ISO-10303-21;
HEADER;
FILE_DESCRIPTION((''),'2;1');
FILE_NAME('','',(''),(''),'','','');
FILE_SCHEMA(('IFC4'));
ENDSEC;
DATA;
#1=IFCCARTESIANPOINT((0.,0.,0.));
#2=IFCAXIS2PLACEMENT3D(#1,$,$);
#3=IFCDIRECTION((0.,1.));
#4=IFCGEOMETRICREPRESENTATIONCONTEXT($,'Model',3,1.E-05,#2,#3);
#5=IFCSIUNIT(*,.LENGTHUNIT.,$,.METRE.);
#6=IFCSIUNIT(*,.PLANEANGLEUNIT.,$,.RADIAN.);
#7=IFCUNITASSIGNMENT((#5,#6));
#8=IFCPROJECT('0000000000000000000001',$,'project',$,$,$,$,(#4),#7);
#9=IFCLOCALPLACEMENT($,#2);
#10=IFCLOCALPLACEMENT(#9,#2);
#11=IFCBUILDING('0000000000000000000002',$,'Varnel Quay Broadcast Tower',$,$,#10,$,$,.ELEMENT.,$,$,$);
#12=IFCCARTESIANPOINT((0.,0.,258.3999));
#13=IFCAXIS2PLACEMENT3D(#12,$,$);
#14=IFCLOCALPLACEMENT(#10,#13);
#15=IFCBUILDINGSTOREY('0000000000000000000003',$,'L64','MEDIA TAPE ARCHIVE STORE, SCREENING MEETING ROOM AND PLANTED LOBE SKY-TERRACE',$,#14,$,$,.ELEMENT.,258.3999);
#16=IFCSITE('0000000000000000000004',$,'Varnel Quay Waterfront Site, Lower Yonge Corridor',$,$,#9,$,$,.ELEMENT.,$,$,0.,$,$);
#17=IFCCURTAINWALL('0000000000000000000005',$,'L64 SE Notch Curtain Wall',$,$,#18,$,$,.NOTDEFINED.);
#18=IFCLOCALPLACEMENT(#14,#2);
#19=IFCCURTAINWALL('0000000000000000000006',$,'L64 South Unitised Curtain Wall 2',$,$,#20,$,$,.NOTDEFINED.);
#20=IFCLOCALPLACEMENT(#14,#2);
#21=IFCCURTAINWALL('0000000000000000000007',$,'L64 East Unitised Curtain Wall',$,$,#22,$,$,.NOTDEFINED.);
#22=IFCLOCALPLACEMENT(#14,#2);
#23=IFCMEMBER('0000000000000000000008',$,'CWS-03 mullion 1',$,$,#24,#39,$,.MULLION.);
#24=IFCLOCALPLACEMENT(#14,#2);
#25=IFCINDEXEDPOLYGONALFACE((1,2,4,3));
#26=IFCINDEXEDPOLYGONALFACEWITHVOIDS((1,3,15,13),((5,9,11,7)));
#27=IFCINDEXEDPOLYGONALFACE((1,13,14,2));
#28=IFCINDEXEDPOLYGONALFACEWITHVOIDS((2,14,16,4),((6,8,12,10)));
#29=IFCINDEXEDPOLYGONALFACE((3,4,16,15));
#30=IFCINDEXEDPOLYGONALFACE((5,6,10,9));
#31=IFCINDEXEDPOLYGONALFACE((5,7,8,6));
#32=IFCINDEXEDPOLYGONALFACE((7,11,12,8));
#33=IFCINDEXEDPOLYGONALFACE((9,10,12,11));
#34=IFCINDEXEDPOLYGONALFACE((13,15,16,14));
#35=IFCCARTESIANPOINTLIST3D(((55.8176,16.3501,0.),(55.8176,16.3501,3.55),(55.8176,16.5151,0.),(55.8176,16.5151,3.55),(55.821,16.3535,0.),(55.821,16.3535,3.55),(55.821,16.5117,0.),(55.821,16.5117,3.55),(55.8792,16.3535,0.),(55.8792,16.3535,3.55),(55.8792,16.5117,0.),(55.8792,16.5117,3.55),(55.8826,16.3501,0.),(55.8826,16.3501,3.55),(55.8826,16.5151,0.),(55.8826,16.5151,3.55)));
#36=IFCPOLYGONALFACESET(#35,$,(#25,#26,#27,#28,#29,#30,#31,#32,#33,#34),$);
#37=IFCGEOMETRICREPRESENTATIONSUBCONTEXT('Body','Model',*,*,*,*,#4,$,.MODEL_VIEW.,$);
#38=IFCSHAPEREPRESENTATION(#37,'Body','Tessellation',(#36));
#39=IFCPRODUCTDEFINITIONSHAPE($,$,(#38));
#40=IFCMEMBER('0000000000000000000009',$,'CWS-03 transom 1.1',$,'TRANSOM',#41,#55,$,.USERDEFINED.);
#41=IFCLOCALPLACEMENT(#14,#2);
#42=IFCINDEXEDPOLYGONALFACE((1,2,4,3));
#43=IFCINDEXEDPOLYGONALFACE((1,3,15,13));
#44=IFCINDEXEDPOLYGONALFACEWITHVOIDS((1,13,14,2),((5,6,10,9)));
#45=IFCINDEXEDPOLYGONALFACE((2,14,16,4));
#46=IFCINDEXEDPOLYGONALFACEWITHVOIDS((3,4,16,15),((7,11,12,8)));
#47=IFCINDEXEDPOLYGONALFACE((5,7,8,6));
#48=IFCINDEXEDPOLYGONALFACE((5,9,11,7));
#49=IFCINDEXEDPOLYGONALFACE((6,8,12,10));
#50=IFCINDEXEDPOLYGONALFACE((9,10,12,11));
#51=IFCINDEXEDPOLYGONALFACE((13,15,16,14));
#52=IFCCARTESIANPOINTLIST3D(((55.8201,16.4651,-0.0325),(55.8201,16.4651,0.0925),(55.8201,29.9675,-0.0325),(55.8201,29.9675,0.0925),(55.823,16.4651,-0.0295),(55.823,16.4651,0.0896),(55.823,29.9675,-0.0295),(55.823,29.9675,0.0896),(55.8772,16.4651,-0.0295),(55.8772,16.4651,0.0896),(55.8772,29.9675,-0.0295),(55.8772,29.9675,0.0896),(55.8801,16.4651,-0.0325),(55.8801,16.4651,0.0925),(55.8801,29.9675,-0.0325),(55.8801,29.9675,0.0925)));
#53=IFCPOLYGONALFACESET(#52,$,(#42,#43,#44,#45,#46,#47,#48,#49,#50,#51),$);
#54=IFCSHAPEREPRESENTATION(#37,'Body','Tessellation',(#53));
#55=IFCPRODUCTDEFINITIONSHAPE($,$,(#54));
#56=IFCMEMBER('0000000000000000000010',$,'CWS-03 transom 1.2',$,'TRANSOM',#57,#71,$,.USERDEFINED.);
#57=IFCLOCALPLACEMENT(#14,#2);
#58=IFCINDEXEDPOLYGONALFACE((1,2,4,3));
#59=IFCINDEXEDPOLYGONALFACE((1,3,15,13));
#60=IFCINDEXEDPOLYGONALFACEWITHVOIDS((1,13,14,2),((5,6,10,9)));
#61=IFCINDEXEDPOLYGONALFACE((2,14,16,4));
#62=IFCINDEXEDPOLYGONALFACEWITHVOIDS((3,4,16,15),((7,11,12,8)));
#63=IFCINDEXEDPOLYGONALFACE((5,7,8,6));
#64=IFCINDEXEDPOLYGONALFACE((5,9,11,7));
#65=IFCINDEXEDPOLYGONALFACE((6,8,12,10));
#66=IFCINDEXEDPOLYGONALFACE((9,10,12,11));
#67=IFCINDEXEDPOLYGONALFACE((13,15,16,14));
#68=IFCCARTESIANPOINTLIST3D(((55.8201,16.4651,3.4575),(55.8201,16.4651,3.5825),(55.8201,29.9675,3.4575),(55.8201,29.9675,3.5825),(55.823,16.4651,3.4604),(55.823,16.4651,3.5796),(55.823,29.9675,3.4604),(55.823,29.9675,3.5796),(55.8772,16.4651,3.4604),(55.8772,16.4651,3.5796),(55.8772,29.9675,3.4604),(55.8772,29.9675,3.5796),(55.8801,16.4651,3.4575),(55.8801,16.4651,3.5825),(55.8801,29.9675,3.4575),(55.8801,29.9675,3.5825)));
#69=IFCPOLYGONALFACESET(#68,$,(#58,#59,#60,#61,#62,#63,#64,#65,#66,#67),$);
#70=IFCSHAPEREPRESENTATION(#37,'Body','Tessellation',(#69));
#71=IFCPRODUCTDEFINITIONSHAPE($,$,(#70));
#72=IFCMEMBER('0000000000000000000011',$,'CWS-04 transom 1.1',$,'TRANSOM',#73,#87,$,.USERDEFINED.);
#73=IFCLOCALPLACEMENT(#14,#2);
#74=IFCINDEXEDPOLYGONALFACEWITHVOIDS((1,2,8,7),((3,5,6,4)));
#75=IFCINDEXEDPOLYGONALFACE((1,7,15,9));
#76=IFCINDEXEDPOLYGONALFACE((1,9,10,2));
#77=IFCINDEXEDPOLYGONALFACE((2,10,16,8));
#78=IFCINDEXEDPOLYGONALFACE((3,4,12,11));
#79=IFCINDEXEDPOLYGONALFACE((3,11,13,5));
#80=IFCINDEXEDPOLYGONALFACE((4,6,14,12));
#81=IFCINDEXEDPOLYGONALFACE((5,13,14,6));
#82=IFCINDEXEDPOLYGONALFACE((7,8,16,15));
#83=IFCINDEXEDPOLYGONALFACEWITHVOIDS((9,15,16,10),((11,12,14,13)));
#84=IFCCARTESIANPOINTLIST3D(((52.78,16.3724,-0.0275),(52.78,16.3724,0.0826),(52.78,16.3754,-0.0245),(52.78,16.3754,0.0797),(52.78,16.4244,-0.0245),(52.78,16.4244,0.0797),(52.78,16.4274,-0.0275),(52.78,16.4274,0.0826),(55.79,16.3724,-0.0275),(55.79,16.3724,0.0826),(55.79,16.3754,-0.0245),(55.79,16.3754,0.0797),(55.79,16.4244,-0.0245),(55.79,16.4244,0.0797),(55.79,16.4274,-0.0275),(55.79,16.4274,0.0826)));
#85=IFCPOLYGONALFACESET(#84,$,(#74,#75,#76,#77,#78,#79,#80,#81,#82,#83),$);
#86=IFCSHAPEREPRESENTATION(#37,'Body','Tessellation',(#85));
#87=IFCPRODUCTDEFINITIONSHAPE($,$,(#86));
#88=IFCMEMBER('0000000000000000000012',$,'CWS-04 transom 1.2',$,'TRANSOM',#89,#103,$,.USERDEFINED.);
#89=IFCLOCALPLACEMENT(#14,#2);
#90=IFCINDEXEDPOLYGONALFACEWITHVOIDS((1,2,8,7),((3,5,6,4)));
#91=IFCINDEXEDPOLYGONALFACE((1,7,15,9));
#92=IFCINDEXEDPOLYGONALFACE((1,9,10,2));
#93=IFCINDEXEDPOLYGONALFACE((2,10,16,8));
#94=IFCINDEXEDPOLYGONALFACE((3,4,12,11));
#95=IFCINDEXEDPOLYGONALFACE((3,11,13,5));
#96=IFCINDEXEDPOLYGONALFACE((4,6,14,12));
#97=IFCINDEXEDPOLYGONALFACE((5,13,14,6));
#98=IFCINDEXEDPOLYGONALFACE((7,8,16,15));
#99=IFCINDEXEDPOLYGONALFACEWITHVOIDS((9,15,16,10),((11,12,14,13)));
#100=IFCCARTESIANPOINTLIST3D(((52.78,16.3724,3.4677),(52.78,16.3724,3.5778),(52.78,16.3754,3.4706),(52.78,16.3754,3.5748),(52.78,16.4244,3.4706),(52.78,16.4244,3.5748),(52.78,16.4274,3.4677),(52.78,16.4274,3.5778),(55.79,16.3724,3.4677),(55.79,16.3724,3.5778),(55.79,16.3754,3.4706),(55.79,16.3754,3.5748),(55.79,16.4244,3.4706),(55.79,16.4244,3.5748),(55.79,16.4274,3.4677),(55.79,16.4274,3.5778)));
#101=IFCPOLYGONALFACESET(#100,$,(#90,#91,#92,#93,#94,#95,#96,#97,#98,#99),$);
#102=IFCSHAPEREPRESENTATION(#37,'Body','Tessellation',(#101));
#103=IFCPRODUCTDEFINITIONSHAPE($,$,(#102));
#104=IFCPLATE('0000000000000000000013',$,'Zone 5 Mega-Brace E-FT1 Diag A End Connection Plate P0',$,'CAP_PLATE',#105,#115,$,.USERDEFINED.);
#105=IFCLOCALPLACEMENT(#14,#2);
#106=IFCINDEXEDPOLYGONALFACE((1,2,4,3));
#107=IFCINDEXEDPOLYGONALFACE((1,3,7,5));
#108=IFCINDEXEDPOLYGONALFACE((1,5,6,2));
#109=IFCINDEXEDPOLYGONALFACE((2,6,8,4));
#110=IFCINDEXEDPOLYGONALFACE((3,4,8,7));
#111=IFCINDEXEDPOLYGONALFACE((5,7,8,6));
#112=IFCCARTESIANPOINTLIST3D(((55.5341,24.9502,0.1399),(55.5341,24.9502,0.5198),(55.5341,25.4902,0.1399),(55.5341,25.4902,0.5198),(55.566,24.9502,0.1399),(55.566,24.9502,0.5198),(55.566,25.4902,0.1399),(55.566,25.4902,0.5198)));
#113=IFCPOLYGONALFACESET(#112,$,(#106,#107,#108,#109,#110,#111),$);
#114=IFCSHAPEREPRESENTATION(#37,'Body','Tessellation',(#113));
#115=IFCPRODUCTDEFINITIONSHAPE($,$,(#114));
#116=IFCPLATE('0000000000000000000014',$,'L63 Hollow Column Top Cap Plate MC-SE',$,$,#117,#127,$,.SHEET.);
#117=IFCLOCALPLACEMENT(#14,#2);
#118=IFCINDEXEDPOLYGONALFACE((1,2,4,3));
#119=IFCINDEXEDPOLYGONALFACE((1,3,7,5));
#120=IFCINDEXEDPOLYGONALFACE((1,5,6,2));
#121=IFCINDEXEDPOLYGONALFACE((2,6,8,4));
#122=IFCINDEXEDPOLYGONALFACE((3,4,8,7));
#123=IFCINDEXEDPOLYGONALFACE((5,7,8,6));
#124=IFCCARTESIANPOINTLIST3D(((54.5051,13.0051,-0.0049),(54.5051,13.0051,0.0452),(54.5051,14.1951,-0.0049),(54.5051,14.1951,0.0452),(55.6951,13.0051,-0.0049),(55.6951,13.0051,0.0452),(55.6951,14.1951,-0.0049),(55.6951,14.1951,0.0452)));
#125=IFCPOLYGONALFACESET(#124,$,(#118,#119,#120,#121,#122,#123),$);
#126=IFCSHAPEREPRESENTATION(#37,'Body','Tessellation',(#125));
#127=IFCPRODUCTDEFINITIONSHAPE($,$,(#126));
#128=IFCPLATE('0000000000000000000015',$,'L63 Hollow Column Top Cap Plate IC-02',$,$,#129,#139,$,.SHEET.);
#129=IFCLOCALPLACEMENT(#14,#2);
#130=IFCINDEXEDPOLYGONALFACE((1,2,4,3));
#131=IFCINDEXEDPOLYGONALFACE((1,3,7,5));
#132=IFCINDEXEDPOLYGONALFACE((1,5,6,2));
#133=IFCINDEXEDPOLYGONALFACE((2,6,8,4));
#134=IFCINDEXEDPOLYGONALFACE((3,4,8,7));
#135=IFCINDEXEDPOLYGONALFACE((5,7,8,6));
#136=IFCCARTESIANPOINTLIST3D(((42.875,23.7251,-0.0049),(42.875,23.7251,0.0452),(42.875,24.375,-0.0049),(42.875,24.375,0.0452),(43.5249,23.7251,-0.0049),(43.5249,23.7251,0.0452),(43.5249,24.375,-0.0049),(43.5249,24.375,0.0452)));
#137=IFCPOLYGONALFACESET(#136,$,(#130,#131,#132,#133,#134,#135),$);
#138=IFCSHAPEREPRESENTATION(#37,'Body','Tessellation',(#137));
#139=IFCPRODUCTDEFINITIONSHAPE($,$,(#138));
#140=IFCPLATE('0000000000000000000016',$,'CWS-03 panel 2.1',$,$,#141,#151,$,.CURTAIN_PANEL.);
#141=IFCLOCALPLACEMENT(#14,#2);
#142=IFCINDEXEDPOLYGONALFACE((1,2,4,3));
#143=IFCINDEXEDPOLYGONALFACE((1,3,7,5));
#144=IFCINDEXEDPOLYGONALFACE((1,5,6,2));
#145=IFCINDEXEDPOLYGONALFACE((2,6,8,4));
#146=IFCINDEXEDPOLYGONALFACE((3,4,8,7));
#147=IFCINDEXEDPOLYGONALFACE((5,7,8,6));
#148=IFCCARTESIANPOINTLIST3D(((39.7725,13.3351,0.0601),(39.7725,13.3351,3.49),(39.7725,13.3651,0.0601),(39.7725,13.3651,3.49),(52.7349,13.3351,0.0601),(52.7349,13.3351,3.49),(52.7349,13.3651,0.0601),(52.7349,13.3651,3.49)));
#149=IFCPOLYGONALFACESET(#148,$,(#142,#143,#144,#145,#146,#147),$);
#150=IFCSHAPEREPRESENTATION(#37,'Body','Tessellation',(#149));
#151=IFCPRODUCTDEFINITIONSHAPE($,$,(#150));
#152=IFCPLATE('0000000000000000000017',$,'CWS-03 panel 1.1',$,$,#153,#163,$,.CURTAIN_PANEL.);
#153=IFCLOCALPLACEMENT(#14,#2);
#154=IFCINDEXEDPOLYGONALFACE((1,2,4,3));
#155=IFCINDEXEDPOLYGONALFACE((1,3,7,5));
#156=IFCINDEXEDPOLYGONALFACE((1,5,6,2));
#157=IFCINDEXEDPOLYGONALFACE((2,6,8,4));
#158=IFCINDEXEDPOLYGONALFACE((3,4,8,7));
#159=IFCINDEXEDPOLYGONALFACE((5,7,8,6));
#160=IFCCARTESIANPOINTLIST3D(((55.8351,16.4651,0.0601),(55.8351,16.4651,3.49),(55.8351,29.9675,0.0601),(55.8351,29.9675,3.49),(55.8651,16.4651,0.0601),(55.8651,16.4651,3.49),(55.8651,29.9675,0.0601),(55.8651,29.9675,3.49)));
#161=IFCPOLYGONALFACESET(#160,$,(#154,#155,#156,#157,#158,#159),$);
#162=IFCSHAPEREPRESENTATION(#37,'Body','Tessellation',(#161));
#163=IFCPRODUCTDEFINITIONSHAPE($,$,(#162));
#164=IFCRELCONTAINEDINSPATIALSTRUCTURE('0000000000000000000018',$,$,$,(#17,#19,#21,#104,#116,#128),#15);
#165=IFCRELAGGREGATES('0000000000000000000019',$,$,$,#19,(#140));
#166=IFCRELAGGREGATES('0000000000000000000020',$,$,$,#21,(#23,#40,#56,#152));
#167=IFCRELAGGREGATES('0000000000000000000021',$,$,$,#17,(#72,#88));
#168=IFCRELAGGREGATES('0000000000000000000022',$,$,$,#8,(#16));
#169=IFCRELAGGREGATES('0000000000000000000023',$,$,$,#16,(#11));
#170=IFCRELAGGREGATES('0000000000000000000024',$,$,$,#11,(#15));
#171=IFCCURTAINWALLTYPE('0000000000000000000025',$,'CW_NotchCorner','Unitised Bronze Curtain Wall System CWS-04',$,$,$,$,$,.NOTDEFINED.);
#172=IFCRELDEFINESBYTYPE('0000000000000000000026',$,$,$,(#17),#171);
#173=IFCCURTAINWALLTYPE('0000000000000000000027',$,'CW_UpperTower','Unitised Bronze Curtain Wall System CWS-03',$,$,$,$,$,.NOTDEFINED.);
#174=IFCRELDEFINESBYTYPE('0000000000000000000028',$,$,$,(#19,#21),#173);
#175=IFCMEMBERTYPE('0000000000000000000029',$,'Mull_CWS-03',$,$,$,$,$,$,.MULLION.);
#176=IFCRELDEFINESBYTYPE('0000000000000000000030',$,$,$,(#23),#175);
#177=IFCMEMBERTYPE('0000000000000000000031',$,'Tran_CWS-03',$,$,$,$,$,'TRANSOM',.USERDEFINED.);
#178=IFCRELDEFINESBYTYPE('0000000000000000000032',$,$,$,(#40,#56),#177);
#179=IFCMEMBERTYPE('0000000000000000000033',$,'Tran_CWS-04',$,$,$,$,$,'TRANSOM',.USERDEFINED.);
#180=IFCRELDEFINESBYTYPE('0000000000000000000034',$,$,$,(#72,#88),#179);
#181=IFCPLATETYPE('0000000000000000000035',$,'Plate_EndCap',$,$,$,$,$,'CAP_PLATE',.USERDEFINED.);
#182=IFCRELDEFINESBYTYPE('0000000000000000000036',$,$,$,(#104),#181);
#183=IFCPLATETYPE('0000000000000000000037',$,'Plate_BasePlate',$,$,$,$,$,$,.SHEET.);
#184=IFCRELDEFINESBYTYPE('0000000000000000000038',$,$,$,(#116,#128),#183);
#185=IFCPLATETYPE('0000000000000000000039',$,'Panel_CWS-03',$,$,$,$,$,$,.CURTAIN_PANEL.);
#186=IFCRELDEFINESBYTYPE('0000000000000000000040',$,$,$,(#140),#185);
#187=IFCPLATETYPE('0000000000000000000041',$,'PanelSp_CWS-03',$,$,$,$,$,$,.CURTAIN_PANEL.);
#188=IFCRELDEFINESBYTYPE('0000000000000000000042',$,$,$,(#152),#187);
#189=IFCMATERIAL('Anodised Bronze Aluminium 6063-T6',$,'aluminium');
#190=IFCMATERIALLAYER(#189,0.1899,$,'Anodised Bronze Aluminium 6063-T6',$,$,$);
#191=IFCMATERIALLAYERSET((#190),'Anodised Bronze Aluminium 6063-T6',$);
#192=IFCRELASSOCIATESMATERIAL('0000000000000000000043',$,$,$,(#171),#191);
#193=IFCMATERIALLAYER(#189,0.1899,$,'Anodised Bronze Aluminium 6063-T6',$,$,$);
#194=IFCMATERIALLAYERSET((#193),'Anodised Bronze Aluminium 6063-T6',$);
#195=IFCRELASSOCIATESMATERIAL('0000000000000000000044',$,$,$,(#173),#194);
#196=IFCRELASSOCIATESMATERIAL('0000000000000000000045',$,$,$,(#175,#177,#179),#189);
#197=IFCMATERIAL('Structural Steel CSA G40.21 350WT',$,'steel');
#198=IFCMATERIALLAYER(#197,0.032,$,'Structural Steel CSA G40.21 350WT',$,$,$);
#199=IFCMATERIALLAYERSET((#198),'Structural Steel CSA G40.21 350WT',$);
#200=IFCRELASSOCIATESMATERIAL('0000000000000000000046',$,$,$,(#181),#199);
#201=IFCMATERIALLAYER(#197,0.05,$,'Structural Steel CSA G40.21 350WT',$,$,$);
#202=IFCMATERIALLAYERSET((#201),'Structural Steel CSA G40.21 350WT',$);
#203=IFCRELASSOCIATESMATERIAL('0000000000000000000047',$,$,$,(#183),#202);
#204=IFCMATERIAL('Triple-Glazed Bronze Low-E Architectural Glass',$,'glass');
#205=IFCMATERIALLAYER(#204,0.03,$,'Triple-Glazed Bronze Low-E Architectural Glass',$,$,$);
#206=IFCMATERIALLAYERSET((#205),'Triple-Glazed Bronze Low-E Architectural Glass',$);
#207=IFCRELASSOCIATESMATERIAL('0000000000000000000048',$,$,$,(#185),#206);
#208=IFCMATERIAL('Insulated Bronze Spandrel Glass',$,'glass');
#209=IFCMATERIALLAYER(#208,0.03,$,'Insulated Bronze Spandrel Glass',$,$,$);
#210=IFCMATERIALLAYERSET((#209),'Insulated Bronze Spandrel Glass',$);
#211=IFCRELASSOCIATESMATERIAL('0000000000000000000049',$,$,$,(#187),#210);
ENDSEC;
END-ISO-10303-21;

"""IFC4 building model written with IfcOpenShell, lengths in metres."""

from ifc_helpers import new_model, si_unit, direction, frame, origin, origin_2d, place, context, subcontext, project, spatial, rectangle, hollow_rectangle, extrude, source, transform, mapped, material, layer, layer_set, material_profile, profile_set, type_object, type_shapes, element, aggregate, save


model = new_model("IFC4")

# Units and contexts
model_context = context("Model", 3, precision=1e-05, world=origin(), true_north=direction((0.0, 1.0)))
body_context = subcontext(model_context, "Body", "Model", "MODEL_VIEW")
ifc_project = project(units=[si_unit("LENGTHUNIT", "METRE"), si_unit("PLANEANGLEUNIT", "RADIAN")], contexts=[model_context])

# Site, building, storey
site_placement = place(None, origin())
site = spatial("IfcSite", under=ifc_project, at=site_placement, Name="Varnel Quay Waterfront Site, Lower Yonge Corridor", CompositionType="ELEMENT", RefElevation=0.0)
building_placement = place(site_placement, origin())
building = spatial("IfcBuilding", under=site, at=building_placement, Name="Varnel Quay Broadcast Tower", CompositionType="ELEMENT")
storey_placement = place(building_placement, frame((0.0, 0.0, 258.3999)))
storey = spatial("IfcBuildingStorey", under=building, at=storey_placement, Name="L64", Description="MEDIA TAPE ARCHIVE STORE, SCREENING MEETING ROOM AND PLANTED LOBE SKY-TERRACE", CompositionType="ELEMENT", Elevation=258.3999)

# Shared definitions
ifc_material_1 = material(Name="Structural Steel CSA G40.21 350WT", Category="steel")

# Curtain wall
ifc_material_2 = material(Name="Anodised Bronze Aluminium 6063-T6", Category="aluminium")
ifc_layer_1 = layer(ifc_material_2, 0.1899, Name="Anodised Bronze Aluminium 6063-T6")
ifc_layer_set_1 = layer_set([ifc_layer_1], Name="Anodised Bronze Aluminium 6063-T6")
curtain_wall_type_1 = type_object("IfcCurtainWallType", Name="CW_NotchCorner", Description="Unitised Bronze Curtain Wall System CWS-04", PredefinedType="NOTDEFINED", material=ifc_layer_set_1)
curtain_wall_1_placement = place(storey_placement, origin())
curtain_wall_1 = element("IfcCurtainWall", 1, at=curtain_wall_1_placement, inside=storey, type_object=curtain_wall_type_1, Name="L64 SE Notch Curtain Wall", PredefinedType="NOTDEFINED")

# Curtain wall
ifc_layer_2 = layer(ifc_material_2, 0.1899, Name="Anodised Bronze Aluminium 6063-T6")
ifc_layer_set_2 = layer_set([ifc_layer_2], Name="Anodised Bronze Aluminium 6063-T6")
curtain_wall_type_2 = type_object("IfcCurtainWallType", Name="CW_UpperTower", Description="Unitised Bronze Curtain Wall System CWS-03", PredefinedType="NOTDEFINED", material=ifc_layer_set_2)
curtain_wall_2_placement = place(storey_placement, origin())
curtain_wall_2 = element("IfcCurtainWall", 2, at=curtain_wall_2_placement, inside=storey, type_object=curtain_wall_type_2, Name="L64 South Unitised Curtain Wall 2", PredefinedType="NOTDEFINED")
ifc_material_profile_1 = material_profile(ifc_material_2, hollow_rectangle(XDim=0.0649, YDim=0.165, WallThickness=0.0034, at=origin_2d()), Name="ALU65X165X3.5")
ifc_profile_set_1 = profile_set([ifc_material_profile_1], Name="Anodised Bronze Aluminium 6063-T6")
member_type_1 = type_object("IfcMemberType", Name="Mull_CWS-03", PredefinedType="MULLION", material=ifc_profile_set_1)
shared_shape_1 = source(origin(), body_context, "Body", "SweptSolid", [
    extrude(hollow_rectangle(XDim=0.0649, YDim=0.165, WallThickness=0.0034, at=origin_2d()), origin(), (0.0, 0.0, 1.0), 3.55),
])
type_shapes(member_type_1, [shared_shape_1])

# Curtain wall, members
curtain_wall_3_placement = place(storey_placement, origin())
curtain_wall_3 = element("IfcCurtainWall", 3, at=curtain_wall_3_placement, inside=storey, type_object=curtain_wall_type_2, Name="L64 East Unitised Curtain Wall", PredefinedType="NOTDEFINED")
member_1_placement = place(storey_placement, frame((55.8501, 16.4326, 0.0), z_axis=(0.0, 0.0, 1.0), x_axis=(-1.0, 0.0, 0.0)))
member_1 = element("IfcMember", 4, at=member_1_placement, type_object=member_type_1, Name="CWS-03 mullion 1", PredefinedType="MULLION", context=body_context, shape_type="MappedRepresentation", body=[
    mapped(shared_shape_1, transform((0.0, 0.0, 0.0), x_axis=(1.0, 0.0, 0.0), y_axis=(0.0, 1.0, 0.0), z_axis=(0.0, 0.0, 1.0), scale=1.0)),
])
ifc_material_profile_2 = material_profile(ifc_material_2, hollow_rectangle(XDim=0.0601, YDim=0.125, WallThickness=0.0029, at=origin_2d()), Name="ALU60X125X3")
ifc_profile_set_2 = profile_set([ifc_material_profile_2], Name="Anodised Bronze Aluminium 6063-T6")
member_type_2 = type_object("IfcMemberType", Name="Tran_CWS-03", ElementType="TRANSOM", PredefinedType="USERDEFINED", material=ifc_profile_set_2)
shared_shape_2 = source(origin(), body_context, "Body", "SweptSolid", [
    extrude(hollow_rectangle(XDim=0.0601, YDim=0.125, WallThickness=0.0029, at=origin_2d()), origin(), (0.0, 0.0, 1.0), 13.5024),
])
type_shapes(member_type_2, [shared_shape_2])
member_2_placement = place(storey_placement, frame((55.8501, 16.4651, 0.03), z_axis=(0.0, 1.0, 0.0), x_axis=(-1.0, 0.0, 0.0)))
member_2 = element("IfcMember", 5, at=member_2_placement, type_object=member_type_2, Name="CWS-03 transom 1.1", ObjectType="TRANSOM", PredefinedType="USERDEFINED", context=body_context, shape_type="MappedRepresentation", body=[
    mapped(shared_shape_2, transform((0.0, 0.0, 0.0), x_axis=(1.0, 0.0, 0.0), y_axis=(0.0, 1.0, 0.0), z_axis=(0.0, 0.0, 1.0), scale=1.0)),
])
member_3_placement = place(storey_placement, frame((55.8501, 16.4651, 3.52), z_axis=(0.0, 1.0, 0.0), x_axis=(-1.0, 0.0, 0.0)))
member_3 = element("IfcMember", 6, at=member_3_placement, type_object=member_type_2, Name="CWS-03 transom 1.2", ObjectType="TRANSOM", PredefinedType="USERDEFINED", context=body_context, shape_type="MappedRepresentation", body=[
    mapped(shared_shape_2, transform((0.0, 0.0, 0.0), x_axis=(1.0, 0.0, 0.0), y_axis=(0.0, 1.0, 0.0), z_axis=(0.0, 0.0, 1.0), scale=1.0)),
])

# Members
ifc_material_profile_3 = material_profile(ifc_material_2, hollow_rectangle(XDim=0.0549, YDim=0.1101, WallThickness=0.0029, at=origin_2d()), Name="ALU55X110X3")
ifc_profile_set_3 = profile_set([ifc_material_profile_3], Name="Anodised Bronze Aluminium 6063-T6")
member_type_3 = type_object("IfcMemberType", Name="Tran_CWS-04", ElementType="TRANSOM", PredefinedType="USERDEFINED", material=ifc_profile_set_3)
shared_shape_3 = source(origin(), body_context, "Body", "SweptSolid", [
    extrude(hollow_rectangle(XDim=0.0549, YDim=0.1101, WallThickness=0.0029, at=origin_2d()), origin(), (0.0, 0.0, 1.0), 3.01),
])
type_shapes(member_type_3, [shared_shape_3])
member_4_placement = place(storey_placement, frame((52.78, 16.3999, 0.0276), z_axis=(1.0, 0.0, 0.0), x_axis=(0.0, 1.0, 0.0)))
member_4 = element("IfcMember", 7, at=member_4_placement, type_object=member_type_3, Name="CWS-04 transom 1.1", ObjectType="TRANSOM", PredefinedType="USERDEFINED", context=body_context, shape_type="MappedRepresentation", body=[
    mapped(shared_shape_3, transform((0.0, 0.0, 0.0), x_axis=(1.0, 0.0, 0.0), y_axis=(0.0, 1.0, 0.0), z_axis=(0.0, 0.0, 1.0), scale=1.0)),
])
member_5_placement = place(storey_placement, frame((52.78, 16.3999, 3.5227), z_axis=(1.0, 0.0, 0.0), x_axis=(0.0, 1.0, 0.0)))
member_5 = element("IfcMember", 8, at=member_5_placement, type_object=member_type_3, Name="CWS-04 transom 1.2", ObjectType="TRANSOM", PredefinedType="USERDEFINED", context=body_context, shape_type="MappedRepresentation", body=[
    mapped(shared_shape_3, transform((0.0, 0.0, 0.0), x_axis=(1.0, 0.0, 0.0), y_axis=(0.0, 1.0, 0.0), z_axis=(0.0, 0.0, 1.0), scale=1.0)),
])

# Plates
ifc_layer_3 = layer(ifc_material_1, 0.032, Name="Structural Steel CSA G40.21 350WT")
ifc_layer_set_3 = layer_set([ifc_layer_3], Name="Structural Steel CSA G40.21 350WT")
plate_type_1 = type_object("IfcPlateType", Name="Plate_EndCap", ElementType="CAP_PLATE", PredefinedType="USERDEFINED", material=ifc_layer_set_3)
shared_shape_4 = source(origin(), body_context, "Body", "SweptSolid", [
    extrude(rectangle(XDim=0.54, YDim=0.032, at=origin_2d()), origin(), (0.0, 0.0, 1.0), 0.3799),
])
type_shapes(plate_type_1, [shared_shape_4])
plate_1_placement = place(storey_placement, frame((55.55, 25.2202, 0.1399), z_axis=(0.0, 0.0, 1.0), x_axis=(0.0, 1.0, 0.0)))
element("IfcPlate", 9, at=plate_1_placement, inside=storey, type_object=plate_type_1, Name="Zone 5 Mega-Brace E-FT1 Diag A End Connection Plate P0", ObjectType="CAP_PLATE", PredefinedType="USERDEFINED", context=body_context, shape_type="MappedRepresentation", body=[
    mapped(shared_shape_4, transform((0.0, 0.0, 0.0), x_axis=(1.0, 0.0, 0.0), y_axis=(0.0, 1.0, 0.0), z_axis=(0.0, 0.0, 1.0), scale=1.0)),
])
ifc_layer_4 = layer(ifc_material_1, 0.05, Name="Structural Steel CSA G40.21 350WT")
ifc_layer_set_4 = layer_set([ifc_layer_4], Name="Structural Steel CSA G40.21 350WT")
plate_type_2 = type_object("IfcPlateType", Name="Plate_BasePlate", PredefinedType="SHEET", material=ifc_layer_set_4)
shared_shape_5 = source(origin(), body_context, "Body", "SweptSolid", [
    extrude(rectangle(XDim=1.1899, YDim=1.1899, at=origin_2d()), origin(), (0.0, 0.0, 1.0), 0.05),
])
plate_2_placement = place(storey_placement, frame((55.1001, 13.6001, -0.0049), z_axis=(0.0, 0.0, 1.0), x_axis=(1.0, 0.0, 0.0)))
element("IfcPlate", 10, at=plate_2_placement, inside=storey, type_object=plate_type_2, Name="L63 Hollow Column Top Cap Plate MC-SE", PredefinedType="SHEET", context=body_context, shape_type="MappedRepresentation", body=[
    mapped(shared_shape_5, transform((0.0, 0.0, 0.0), x_axis=(1.0, 0.0, 0.0), y_axis=(0.0, 1.0, 0.0), z_axis=(0.0, 0.0, 1.0), scale=1.0)),
])
shared_shape_6 = source(origin(), body_context, "Body", "SweptSolid", [
    extrude(rectangle(XDim=0.6499, YDim=0.6499, at=origin_2d()), origin(), (0.0, 0.0, 1.0), 0.05),
])
type_shapes(plate_type_2, [shared_shape_5, shared_shape_6])
plate_3_placement = place(storey_placement, frame((43.2, 24.05, -0.0049), z_axis=(0.0, 0.0, 1.0), x_axis=(1.0, 0.0, 0.0)))
element("IfcPlate", 11, at=plate_3_placement, inside=storey, type_object=plate_type_2, Name="L63 Hollow Column Top Cap Plate IC-02", PredefinedType="SHEET", context=body_context, shape_type="MappedRepresentation", body=[
    mapped(shared_shape_6, transform((0.0, 0.0, 0.0), x_axis=(1.0, 0.0, 0.0), y_axis=(0.0, 1.0, 0.0), z_axis=(0.0, 0.0, 1.0), scale=1.0)),
])

# Plates
ifc_material_3 = material(Name="Triple-Glazed Bronze Low-E Architectural Glass", Category="glass")
ifc_layer_5 = layer(ifc_material_3, 0.03, Name="Triple-Glazed Bronze Low-E Architectural Glass")
ifc_layer_set_5 = layer_set([ifc_layer_5], Name="Triple-Glazed Bronze Low-E Architectural Glass")
plate_type_3 = type_object("IfcPlateType", Name="Panel_CWS-03", PredefinedType="CURTAIN_PANEL", material=ifc_layer_set_5)
shared_shape_7 = source(origin(), body_context, "Body", "SweptSolid", [
    extrude(rectangle(XDim=12.9624, YDim=0.03, at=origin_2d()), origin(), (0.0, 0.0, 1.0), 3.4299),
])
type_shapes(plate_type_3, [shared_shape_7])
plate_4_placement = place(storey_placement, frame((46.2537, 13.3501, 0.0601), z_axis=(0.0, 0.0, 1.0), x_axis=(1.0, 0.0, 0.0)))
plate_4 = element("IfcPlate", 12, at=plate_4_placement, type_object=plate_type_3, Name="CWS-03 panel 2.1", PredefinedType="CURTAIN_PANEL", context=body_context, shape_type="MappedRepresentation", body=[
    mapped(shared_shape_7, transform((0.0, 0.0, 0.0), x_axis=(1.0, 0.0, 0.0), y_axis=(0.0, 1.0, 0.0), z_axis=(0.0, 0.0, 1.0), scale=1.0)),
])
aggregate(curtain_wall_2, [plate_4])
ifc_material_4 = material(Name="Insulated Bronze Spandrel Glass", Category="glass")
ifc_layer_6 = layer(ifc_material_4, 0.03, Name="Insulated Bronze Spandrel Glass")
ifc_layer_set_6 = layer_set([ifc_layer_6], Name="Insulated Bronze Spandrel Glass")
plate_type_4 = type_object("IfcPlateType", Name="PanelSp_CWS-03", PredefinedType="CURTAIN_PANEL", material=ifc_layer_set_6)
shared_shape_8 = source(origin(), body_context, "Body", "SweptSolid", [
    extrude(rectangle(XDim=13.5024, YDim=0.03, at=origin_2d()), origin(), (0.0, 0.0, 1.0), 3.4299),
])
type_shapes(plate_type_4, [shared_shape_8])
plate_5_placement = place(storey_placement, frame((55.8501, 23.2163, 0.0601), z_axis=(0.0, 0.0, 1.0), x_axis=(0.0, 1.0, 0.0)))
plate_5 = element("IfcPlate", 13, at=plate_5_placement, type_object=plate_type_4, Name="CWS-03 panel 1.1", PredefinedType="CURTAIN_PANEL", context=body_context, shape_type="MappedRepresentation", body=[
    mapped(shared_shape_8, transform((0.0, 0.0, 0.0), x_axis=(1.0, 0.0, 0.0), y_axis=(0.0, 1.0, 0.0), z_axis=(0.0, 0.0, 1.0), scale=1.0)),
])
aggregate(curtain_wall_3, [member_1, member_2, member_3, plate_5])
aggregate(curtain_wall_1, [member_4, member_5])

save(model, "model.ifc")
